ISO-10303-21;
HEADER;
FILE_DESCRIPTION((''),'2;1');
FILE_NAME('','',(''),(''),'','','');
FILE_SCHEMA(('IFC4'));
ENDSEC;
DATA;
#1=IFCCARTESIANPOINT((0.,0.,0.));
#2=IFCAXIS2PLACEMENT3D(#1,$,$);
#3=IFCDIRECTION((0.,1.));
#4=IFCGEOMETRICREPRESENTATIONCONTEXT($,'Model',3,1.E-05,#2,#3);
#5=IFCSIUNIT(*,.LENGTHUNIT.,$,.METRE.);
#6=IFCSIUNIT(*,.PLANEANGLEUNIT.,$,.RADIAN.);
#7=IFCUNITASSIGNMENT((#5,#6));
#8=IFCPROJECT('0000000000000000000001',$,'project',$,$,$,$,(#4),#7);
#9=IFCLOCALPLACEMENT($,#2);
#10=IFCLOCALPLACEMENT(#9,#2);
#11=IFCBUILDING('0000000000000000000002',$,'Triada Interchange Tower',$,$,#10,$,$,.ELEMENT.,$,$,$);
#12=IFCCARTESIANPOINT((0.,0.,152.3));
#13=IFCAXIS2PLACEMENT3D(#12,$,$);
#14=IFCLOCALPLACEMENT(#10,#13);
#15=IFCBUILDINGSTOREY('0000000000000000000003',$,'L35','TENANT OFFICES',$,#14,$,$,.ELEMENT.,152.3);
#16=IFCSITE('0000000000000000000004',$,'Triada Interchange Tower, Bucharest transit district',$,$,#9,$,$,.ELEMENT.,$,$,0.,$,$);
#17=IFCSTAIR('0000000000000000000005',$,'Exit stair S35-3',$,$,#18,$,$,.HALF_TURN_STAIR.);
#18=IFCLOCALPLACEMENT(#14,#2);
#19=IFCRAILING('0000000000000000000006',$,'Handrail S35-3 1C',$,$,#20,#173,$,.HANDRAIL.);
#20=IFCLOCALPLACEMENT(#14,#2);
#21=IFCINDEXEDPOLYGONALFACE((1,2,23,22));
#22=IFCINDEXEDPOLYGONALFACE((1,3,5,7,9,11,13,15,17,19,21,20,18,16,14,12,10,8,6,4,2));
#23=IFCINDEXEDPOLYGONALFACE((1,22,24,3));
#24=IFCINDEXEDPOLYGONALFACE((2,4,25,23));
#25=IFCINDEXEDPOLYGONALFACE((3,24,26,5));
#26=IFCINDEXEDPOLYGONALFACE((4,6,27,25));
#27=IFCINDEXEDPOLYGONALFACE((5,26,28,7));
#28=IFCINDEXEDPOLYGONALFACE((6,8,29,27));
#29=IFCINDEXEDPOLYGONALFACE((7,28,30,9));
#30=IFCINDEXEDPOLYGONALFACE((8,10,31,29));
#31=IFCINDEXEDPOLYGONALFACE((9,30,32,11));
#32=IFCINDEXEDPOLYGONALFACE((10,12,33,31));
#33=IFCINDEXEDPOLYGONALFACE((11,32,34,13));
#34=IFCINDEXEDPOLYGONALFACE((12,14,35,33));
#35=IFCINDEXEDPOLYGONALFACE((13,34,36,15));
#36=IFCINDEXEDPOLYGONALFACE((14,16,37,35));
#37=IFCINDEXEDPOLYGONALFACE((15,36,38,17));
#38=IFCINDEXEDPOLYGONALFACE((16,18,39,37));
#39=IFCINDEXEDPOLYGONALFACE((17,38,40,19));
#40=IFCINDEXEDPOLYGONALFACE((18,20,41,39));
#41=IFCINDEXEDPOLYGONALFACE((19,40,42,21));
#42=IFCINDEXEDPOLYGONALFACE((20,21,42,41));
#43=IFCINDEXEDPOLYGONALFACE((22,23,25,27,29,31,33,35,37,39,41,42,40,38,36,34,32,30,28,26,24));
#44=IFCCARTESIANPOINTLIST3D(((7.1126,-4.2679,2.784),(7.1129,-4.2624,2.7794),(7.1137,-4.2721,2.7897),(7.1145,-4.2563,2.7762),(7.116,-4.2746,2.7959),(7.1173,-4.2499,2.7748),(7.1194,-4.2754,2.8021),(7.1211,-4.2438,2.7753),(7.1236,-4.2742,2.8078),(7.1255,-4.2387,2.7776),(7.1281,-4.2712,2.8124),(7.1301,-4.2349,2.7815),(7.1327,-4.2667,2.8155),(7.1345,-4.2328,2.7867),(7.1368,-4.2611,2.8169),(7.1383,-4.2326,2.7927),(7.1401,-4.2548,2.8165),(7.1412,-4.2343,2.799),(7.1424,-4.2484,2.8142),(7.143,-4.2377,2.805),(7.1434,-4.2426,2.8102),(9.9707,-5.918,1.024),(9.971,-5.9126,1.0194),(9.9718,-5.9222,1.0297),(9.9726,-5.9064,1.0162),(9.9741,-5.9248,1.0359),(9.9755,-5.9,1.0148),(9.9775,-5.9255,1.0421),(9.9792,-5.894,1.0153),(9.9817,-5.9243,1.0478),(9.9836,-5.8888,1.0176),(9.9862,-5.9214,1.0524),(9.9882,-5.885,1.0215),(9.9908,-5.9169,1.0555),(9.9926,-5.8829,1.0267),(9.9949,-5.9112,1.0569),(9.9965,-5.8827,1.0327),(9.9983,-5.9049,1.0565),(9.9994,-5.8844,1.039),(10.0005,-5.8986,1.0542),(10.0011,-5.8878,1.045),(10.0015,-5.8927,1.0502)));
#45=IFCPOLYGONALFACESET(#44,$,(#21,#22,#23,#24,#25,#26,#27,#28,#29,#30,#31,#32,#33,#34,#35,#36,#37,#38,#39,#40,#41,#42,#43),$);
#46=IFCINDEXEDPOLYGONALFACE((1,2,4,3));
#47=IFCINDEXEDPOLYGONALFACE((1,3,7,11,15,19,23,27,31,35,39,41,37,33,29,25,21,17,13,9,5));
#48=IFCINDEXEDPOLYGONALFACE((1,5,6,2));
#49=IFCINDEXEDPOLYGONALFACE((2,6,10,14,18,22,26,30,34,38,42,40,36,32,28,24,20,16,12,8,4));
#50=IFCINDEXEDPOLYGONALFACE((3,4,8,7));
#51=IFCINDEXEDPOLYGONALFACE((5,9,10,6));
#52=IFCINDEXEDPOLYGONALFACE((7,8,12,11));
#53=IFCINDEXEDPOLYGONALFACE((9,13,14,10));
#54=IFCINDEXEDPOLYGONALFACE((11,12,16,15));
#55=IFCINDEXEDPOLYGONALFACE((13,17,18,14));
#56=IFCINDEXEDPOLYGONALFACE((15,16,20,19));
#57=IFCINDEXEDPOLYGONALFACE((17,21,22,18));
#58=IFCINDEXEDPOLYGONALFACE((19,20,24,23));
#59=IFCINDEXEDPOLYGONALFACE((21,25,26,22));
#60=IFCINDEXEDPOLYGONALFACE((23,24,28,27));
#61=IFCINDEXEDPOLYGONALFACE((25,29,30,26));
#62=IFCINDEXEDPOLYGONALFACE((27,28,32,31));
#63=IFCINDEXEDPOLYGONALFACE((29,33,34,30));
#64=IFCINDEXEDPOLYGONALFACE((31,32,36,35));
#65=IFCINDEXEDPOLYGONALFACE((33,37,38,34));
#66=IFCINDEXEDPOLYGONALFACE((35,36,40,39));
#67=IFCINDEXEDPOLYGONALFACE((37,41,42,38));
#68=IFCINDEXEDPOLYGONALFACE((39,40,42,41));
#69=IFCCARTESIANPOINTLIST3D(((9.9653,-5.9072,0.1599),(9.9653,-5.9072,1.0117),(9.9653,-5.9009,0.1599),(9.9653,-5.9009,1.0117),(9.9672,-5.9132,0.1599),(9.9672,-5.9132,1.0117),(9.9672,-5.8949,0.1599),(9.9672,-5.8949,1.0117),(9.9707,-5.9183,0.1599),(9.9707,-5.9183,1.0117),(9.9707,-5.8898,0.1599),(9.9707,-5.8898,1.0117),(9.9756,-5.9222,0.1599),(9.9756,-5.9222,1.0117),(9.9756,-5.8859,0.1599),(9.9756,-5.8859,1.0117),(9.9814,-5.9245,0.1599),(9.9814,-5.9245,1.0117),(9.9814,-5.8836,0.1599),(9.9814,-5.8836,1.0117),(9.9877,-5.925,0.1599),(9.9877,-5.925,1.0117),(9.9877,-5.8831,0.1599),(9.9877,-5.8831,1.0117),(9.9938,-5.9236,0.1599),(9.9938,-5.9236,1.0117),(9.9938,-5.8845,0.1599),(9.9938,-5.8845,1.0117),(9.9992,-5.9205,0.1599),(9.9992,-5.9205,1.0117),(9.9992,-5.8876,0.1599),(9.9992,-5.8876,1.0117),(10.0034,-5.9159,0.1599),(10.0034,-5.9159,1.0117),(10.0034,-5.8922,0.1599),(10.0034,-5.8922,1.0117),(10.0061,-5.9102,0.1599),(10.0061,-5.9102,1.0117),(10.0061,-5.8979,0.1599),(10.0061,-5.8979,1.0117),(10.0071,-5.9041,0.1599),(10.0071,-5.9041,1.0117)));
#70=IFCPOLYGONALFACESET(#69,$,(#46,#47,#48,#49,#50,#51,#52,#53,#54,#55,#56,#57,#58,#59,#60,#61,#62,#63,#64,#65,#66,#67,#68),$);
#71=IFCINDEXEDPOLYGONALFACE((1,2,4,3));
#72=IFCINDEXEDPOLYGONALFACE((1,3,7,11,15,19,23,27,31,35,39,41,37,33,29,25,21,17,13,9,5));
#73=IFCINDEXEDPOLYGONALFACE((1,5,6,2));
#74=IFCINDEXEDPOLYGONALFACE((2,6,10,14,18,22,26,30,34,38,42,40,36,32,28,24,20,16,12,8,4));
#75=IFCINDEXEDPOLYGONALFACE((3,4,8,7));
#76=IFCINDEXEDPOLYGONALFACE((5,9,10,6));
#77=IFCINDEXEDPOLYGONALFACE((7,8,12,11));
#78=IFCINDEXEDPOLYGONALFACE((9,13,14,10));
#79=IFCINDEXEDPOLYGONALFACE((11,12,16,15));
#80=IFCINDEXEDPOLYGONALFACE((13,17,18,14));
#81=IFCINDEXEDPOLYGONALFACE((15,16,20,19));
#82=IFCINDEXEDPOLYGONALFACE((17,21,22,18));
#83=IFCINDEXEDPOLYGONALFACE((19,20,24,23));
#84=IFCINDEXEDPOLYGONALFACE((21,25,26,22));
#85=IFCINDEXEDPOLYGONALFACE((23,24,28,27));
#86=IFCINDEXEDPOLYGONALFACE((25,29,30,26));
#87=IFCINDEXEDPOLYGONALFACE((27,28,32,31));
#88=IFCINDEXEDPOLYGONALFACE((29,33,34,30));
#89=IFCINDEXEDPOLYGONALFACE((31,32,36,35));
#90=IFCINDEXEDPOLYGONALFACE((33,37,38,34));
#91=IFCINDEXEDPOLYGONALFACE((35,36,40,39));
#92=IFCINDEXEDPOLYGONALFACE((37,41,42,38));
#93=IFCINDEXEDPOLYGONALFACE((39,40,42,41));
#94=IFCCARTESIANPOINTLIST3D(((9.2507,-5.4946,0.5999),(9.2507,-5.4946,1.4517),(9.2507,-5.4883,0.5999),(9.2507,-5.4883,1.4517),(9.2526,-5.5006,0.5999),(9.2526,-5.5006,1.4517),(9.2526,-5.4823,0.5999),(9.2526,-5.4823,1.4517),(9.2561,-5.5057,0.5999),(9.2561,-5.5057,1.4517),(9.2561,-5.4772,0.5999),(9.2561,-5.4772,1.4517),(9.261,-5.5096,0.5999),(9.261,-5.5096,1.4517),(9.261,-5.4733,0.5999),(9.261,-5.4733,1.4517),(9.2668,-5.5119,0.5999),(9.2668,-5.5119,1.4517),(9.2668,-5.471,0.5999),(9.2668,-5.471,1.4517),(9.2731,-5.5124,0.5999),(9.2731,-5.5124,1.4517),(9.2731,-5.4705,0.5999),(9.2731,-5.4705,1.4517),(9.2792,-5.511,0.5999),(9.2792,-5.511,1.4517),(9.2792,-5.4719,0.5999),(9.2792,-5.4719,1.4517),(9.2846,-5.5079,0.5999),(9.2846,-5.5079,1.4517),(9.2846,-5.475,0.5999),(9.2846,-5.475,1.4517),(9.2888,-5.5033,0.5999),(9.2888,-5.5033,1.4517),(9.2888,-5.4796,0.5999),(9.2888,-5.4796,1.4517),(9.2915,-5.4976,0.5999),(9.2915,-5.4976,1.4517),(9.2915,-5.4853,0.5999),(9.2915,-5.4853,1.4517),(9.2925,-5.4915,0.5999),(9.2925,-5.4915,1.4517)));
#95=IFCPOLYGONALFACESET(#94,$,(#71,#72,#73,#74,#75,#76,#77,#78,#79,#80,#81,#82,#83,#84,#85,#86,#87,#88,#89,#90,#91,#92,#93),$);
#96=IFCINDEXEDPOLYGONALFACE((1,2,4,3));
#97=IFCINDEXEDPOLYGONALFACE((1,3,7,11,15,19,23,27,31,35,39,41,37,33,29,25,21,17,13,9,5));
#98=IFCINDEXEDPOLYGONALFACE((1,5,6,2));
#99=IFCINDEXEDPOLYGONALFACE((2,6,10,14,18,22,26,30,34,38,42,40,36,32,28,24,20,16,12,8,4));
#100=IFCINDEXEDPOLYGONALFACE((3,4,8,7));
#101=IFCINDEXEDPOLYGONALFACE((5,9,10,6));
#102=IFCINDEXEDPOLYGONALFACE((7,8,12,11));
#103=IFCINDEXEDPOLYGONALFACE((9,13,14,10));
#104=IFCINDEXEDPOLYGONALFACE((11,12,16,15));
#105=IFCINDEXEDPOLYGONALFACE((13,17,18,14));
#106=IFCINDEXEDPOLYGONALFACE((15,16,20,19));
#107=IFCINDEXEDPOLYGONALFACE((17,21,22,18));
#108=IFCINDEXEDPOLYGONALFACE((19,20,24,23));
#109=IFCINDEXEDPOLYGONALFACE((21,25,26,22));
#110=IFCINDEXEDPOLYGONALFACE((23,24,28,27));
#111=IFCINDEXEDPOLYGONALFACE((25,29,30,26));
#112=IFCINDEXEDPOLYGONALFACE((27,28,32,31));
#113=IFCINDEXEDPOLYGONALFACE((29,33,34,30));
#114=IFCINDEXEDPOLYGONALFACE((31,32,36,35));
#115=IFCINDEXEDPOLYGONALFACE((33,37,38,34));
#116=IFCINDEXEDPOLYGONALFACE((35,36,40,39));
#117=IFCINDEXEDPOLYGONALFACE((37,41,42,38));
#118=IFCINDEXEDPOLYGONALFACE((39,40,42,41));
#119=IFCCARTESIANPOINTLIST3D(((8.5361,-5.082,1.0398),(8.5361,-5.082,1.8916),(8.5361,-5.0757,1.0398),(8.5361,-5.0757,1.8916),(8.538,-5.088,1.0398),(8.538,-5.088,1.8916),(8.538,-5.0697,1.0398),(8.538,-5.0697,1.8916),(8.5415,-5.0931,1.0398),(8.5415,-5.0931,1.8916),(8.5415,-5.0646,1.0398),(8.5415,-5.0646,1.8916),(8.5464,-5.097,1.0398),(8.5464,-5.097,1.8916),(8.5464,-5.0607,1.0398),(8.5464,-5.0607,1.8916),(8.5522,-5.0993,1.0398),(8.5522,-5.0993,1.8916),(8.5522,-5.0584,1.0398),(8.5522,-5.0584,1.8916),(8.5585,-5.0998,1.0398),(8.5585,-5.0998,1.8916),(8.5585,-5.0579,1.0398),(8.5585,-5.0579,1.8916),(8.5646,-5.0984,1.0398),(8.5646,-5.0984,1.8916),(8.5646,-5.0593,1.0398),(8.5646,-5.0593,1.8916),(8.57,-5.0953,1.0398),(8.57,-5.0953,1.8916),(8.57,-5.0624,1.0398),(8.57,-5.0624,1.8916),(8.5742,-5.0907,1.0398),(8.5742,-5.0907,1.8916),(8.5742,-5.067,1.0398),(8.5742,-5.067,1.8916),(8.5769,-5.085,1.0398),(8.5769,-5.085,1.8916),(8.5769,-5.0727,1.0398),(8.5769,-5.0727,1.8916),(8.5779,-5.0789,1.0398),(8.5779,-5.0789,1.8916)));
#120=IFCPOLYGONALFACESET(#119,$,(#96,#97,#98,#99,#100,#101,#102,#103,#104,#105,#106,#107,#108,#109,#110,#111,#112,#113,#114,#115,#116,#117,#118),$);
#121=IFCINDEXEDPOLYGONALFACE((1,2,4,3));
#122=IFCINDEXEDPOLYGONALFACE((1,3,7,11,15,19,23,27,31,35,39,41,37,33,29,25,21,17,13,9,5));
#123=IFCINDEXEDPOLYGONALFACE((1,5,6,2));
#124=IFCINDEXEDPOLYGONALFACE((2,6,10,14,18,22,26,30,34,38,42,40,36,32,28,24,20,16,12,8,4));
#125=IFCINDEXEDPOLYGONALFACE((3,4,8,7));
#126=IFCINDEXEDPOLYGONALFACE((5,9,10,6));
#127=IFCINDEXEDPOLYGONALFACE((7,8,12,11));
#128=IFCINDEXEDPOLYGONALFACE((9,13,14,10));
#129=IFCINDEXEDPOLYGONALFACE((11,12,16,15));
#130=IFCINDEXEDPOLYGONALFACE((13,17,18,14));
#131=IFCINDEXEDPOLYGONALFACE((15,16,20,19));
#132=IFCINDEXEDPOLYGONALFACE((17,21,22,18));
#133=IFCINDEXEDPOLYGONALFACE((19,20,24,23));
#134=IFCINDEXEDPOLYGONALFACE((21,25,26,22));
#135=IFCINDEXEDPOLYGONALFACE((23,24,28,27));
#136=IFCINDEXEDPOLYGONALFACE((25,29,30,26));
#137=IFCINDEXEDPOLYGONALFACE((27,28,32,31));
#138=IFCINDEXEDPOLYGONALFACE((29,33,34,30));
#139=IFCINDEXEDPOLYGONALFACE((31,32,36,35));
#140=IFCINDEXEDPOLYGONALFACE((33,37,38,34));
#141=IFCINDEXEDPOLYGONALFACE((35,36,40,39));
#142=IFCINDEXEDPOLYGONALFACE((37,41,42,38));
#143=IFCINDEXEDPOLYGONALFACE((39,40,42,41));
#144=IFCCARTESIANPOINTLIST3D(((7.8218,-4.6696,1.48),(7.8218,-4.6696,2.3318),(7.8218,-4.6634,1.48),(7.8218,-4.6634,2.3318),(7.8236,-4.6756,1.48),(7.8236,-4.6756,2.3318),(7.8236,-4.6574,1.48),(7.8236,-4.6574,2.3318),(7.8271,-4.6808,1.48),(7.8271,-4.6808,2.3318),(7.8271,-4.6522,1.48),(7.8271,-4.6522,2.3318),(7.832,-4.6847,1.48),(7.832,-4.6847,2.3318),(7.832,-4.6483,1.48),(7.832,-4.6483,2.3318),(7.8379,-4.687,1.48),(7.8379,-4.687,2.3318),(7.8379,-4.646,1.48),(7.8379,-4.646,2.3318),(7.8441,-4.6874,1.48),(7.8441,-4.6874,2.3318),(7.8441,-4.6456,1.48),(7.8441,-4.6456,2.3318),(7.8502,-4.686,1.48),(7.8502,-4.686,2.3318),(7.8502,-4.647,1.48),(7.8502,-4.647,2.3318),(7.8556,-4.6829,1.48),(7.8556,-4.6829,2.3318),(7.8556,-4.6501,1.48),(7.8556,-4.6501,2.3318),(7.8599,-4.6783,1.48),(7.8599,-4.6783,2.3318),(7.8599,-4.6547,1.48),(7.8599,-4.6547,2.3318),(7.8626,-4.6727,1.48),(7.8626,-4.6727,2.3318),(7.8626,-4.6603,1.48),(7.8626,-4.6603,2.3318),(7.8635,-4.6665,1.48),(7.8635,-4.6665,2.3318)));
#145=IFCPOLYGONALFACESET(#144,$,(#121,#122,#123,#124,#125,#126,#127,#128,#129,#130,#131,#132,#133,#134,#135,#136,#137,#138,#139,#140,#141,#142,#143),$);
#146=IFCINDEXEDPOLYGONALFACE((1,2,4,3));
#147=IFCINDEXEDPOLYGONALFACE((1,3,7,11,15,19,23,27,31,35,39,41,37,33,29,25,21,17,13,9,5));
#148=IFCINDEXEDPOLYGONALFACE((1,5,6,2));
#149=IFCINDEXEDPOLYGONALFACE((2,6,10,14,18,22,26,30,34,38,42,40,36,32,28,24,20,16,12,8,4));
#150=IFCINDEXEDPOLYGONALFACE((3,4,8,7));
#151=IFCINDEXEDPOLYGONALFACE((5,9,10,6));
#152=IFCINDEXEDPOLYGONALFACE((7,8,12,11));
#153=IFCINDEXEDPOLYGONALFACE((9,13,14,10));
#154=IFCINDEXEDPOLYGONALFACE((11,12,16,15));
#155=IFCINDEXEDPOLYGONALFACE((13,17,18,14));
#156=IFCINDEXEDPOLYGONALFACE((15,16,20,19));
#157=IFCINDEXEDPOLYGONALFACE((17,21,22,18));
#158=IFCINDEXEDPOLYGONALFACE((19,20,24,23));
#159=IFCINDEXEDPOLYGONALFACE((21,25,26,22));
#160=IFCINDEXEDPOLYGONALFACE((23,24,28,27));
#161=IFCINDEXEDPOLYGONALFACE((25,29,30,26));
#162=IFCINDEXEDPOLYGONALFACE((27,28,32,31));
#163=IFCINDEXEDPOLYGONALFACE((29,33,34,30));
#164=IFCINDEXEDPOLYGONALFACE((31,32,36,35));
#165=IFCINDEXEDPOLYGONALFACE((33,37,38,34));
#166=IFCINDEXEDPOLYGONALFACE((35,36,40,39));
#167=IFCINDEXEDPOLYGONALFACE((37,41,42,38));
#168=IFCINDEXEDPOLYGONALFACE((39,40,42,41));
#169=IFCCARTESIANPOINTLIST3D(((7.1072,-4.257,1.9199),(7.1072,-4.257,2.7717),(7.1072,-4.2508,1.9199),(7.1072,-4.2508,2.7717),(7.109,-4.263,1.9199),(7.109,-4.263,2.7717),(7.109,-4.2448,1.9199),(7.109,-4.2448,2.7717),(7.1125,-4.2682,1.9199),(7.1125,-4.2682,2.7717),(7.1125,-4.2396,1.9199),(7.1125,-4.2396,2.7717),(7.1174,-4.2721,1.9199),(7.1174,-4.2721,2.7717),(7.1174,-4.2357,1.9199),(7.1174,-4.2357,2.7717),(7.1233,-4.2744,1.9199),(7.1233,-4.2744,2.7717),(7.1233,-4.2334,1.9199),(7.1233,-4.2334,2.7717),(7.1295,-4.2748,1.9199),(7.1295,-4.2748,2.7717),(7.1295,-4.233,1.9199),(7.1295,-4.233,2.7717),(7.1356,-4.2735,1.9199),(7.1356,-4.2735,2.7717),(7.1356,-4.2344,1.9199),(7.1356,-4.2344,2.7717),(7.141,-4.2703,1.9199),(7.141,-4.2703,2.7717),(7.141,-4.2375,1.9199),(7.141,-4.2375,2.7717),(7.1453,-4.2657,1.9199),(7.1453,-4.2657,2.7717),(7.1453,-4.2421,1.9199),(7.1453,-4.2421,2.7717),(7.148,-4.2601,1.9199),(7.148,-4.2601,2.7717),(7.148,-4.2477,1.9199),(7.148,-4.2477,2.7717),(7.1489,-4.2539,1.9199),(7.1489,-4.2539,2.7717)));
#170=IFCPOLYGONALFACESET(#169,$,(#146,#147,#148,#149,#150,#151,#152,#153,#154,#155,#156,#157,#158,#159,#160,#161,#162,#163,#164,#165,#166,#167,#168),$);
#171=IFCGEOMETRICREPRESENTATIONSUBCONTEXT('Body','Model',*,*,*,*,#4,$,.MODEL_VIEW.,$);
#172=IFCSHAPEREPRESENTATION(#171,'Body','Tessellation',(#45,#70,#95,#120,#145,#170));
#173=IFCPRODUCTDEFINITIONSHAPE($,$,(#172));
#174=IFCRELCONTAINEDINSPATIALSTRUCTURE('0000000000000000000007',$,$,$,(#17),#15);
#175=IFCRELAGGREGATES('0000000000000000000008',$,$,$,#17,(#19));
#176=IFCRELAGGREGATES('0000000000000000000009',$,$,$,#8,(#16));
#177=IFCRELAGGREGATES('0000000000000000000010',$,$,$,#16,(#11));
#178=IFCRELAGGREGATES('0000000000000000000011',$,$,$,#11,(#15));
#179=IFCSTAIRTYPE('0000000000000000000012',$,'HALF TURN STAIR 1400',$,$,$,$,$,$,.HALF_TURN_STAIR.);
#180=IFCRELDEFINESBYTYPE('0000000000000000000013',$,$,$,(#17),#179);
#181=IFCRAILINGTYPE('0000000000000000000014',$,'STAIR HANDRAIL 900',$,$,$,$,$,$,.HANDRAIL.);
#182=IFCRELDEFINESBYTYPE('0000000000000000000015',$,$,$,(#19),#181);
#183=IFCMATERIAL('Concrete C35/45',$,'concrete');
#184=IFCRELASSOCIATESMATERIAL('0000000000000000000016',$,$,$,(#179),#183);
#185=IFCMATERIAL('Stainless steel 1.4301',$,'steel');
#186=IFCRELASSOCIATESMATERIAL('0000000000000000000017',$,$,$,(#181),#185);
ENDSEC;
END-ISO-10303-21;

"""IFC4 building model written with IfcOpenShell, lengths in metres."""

from ifc_helpers import new_model, si_unit, direction, frame, origin, origin_2d, place, context, subcontext, project, spatial, circle, extrude, material, type_object, element, aggregate, save


model = new_model("IFC4")

# Units and contexts
model_context = context("Model", 3, precision=1e-05, world=origin(), true_north=direction((0.0, 1.0)))
body_context = subcontext(model_context, "Body", "Model", "MODEL_VIEW")
ifc_project = project(units=[si_unit("LENGTHUNIT", "METRE"), si_unit("PLANEANGLEUNIT", "RADIAN")], contexts=[model_context])

# Site, building, storey
site_placement = place(None, origin())
site = spatial("IfcSite", under=ifc_project, at=site_placement, Name="Triada Interchange Tower, Bucharest transit district", CompositionType="ELEMENT", RefElevation=0.0)
building_placement = place(site_placement, origin())
building = spatial("IfcBuilding", under=site, at=building_placement, Name="Triada Interchange Tower", CompositionType="ELEMENT")
storey_placement = place(building_placement, frame((0.0, 0.0, 152.3)))
storey = spatial("IfcBuildingStorey", under=building, at=storey_placement, Name="L35", Description="TENANT OFFICES", CompositionType="ELEMENT", Elevation=152.3)

# Stair, railing
ifc_material_1 = material(Name="Concrete C35/45", Category="concrete")
stair_type = type_object("IfcStairType", Name="HALF TURN STAIR 1400", PredefinedType="HALF_TURN_STAIR", material=ifc_material_1)
stair_placement = place(storey_placement, origin())
stair = element("IfcStair", 1, at=stair_placement, inside=storey, type_object=stair_type, Name="Exit stair S35-3", PredefinedType="HALF_TURN_STAIR")
ifc_material_2 = material(Name="Stainless steel 1.4301", Category="steel")
railing_type = type_object("IfcRailingType", Name="STAIR HANDRAIL 900", PredefinedType="HANDRAIL", material=ifc_material_2)
railing_1_placement = place(storey_placement, frame((9.9861, -5.9041, 0.1599)))
railing_1 = element("IfcRailing", 2, at=railing_1_placement, type_object=railing_type, Name="Handrail S35-3 1C", PredefinedType="HANDRAIL", context=body_context, shape_type="SweptSolid", body=[
    extrude(circle(Radius=0.0239, at=origin_2d()), frame((0.0, 0.0, 0.876), z_axis=(-0.764156, 0.441183, 0.470556), x_axis=(-0.499998, -0.866027, 0.0)), (0.0, 0.0, 1.0), 3.7402),
    extrude(circle(Radius=0.021, at=origin_2d()), origin(), (0.0, 0.0, 1.0), 0.8518),
    extrude(circle(Radius=0.021, at=origin_2d()), frame((-0.7146, 0.4126, 0.4399)), (0.0, 0.0, 1.0), 0.8518),
    extrude(circle(Radius=0.021, at=origin_2d()), frame((-1.4292, 0.8252, 0.8799)), (0.0, 0.0, 1.0), 0.8518),
    extrude(circle(Radius=0.021, at=origin_2d()), frame((-2.1436, 1.2375, 1.3201)), (0.0, 0.0, 1.0), 0.8518),
    extrude(circle(Radius=0.021, at=origin_2d()), frame((-2.8582, 1.6501, 1.76)), (0.0, 0.0, 1.0), 0.8518),
])
aggregate(stair, [railing_1])

save(model, "model.ifc")
